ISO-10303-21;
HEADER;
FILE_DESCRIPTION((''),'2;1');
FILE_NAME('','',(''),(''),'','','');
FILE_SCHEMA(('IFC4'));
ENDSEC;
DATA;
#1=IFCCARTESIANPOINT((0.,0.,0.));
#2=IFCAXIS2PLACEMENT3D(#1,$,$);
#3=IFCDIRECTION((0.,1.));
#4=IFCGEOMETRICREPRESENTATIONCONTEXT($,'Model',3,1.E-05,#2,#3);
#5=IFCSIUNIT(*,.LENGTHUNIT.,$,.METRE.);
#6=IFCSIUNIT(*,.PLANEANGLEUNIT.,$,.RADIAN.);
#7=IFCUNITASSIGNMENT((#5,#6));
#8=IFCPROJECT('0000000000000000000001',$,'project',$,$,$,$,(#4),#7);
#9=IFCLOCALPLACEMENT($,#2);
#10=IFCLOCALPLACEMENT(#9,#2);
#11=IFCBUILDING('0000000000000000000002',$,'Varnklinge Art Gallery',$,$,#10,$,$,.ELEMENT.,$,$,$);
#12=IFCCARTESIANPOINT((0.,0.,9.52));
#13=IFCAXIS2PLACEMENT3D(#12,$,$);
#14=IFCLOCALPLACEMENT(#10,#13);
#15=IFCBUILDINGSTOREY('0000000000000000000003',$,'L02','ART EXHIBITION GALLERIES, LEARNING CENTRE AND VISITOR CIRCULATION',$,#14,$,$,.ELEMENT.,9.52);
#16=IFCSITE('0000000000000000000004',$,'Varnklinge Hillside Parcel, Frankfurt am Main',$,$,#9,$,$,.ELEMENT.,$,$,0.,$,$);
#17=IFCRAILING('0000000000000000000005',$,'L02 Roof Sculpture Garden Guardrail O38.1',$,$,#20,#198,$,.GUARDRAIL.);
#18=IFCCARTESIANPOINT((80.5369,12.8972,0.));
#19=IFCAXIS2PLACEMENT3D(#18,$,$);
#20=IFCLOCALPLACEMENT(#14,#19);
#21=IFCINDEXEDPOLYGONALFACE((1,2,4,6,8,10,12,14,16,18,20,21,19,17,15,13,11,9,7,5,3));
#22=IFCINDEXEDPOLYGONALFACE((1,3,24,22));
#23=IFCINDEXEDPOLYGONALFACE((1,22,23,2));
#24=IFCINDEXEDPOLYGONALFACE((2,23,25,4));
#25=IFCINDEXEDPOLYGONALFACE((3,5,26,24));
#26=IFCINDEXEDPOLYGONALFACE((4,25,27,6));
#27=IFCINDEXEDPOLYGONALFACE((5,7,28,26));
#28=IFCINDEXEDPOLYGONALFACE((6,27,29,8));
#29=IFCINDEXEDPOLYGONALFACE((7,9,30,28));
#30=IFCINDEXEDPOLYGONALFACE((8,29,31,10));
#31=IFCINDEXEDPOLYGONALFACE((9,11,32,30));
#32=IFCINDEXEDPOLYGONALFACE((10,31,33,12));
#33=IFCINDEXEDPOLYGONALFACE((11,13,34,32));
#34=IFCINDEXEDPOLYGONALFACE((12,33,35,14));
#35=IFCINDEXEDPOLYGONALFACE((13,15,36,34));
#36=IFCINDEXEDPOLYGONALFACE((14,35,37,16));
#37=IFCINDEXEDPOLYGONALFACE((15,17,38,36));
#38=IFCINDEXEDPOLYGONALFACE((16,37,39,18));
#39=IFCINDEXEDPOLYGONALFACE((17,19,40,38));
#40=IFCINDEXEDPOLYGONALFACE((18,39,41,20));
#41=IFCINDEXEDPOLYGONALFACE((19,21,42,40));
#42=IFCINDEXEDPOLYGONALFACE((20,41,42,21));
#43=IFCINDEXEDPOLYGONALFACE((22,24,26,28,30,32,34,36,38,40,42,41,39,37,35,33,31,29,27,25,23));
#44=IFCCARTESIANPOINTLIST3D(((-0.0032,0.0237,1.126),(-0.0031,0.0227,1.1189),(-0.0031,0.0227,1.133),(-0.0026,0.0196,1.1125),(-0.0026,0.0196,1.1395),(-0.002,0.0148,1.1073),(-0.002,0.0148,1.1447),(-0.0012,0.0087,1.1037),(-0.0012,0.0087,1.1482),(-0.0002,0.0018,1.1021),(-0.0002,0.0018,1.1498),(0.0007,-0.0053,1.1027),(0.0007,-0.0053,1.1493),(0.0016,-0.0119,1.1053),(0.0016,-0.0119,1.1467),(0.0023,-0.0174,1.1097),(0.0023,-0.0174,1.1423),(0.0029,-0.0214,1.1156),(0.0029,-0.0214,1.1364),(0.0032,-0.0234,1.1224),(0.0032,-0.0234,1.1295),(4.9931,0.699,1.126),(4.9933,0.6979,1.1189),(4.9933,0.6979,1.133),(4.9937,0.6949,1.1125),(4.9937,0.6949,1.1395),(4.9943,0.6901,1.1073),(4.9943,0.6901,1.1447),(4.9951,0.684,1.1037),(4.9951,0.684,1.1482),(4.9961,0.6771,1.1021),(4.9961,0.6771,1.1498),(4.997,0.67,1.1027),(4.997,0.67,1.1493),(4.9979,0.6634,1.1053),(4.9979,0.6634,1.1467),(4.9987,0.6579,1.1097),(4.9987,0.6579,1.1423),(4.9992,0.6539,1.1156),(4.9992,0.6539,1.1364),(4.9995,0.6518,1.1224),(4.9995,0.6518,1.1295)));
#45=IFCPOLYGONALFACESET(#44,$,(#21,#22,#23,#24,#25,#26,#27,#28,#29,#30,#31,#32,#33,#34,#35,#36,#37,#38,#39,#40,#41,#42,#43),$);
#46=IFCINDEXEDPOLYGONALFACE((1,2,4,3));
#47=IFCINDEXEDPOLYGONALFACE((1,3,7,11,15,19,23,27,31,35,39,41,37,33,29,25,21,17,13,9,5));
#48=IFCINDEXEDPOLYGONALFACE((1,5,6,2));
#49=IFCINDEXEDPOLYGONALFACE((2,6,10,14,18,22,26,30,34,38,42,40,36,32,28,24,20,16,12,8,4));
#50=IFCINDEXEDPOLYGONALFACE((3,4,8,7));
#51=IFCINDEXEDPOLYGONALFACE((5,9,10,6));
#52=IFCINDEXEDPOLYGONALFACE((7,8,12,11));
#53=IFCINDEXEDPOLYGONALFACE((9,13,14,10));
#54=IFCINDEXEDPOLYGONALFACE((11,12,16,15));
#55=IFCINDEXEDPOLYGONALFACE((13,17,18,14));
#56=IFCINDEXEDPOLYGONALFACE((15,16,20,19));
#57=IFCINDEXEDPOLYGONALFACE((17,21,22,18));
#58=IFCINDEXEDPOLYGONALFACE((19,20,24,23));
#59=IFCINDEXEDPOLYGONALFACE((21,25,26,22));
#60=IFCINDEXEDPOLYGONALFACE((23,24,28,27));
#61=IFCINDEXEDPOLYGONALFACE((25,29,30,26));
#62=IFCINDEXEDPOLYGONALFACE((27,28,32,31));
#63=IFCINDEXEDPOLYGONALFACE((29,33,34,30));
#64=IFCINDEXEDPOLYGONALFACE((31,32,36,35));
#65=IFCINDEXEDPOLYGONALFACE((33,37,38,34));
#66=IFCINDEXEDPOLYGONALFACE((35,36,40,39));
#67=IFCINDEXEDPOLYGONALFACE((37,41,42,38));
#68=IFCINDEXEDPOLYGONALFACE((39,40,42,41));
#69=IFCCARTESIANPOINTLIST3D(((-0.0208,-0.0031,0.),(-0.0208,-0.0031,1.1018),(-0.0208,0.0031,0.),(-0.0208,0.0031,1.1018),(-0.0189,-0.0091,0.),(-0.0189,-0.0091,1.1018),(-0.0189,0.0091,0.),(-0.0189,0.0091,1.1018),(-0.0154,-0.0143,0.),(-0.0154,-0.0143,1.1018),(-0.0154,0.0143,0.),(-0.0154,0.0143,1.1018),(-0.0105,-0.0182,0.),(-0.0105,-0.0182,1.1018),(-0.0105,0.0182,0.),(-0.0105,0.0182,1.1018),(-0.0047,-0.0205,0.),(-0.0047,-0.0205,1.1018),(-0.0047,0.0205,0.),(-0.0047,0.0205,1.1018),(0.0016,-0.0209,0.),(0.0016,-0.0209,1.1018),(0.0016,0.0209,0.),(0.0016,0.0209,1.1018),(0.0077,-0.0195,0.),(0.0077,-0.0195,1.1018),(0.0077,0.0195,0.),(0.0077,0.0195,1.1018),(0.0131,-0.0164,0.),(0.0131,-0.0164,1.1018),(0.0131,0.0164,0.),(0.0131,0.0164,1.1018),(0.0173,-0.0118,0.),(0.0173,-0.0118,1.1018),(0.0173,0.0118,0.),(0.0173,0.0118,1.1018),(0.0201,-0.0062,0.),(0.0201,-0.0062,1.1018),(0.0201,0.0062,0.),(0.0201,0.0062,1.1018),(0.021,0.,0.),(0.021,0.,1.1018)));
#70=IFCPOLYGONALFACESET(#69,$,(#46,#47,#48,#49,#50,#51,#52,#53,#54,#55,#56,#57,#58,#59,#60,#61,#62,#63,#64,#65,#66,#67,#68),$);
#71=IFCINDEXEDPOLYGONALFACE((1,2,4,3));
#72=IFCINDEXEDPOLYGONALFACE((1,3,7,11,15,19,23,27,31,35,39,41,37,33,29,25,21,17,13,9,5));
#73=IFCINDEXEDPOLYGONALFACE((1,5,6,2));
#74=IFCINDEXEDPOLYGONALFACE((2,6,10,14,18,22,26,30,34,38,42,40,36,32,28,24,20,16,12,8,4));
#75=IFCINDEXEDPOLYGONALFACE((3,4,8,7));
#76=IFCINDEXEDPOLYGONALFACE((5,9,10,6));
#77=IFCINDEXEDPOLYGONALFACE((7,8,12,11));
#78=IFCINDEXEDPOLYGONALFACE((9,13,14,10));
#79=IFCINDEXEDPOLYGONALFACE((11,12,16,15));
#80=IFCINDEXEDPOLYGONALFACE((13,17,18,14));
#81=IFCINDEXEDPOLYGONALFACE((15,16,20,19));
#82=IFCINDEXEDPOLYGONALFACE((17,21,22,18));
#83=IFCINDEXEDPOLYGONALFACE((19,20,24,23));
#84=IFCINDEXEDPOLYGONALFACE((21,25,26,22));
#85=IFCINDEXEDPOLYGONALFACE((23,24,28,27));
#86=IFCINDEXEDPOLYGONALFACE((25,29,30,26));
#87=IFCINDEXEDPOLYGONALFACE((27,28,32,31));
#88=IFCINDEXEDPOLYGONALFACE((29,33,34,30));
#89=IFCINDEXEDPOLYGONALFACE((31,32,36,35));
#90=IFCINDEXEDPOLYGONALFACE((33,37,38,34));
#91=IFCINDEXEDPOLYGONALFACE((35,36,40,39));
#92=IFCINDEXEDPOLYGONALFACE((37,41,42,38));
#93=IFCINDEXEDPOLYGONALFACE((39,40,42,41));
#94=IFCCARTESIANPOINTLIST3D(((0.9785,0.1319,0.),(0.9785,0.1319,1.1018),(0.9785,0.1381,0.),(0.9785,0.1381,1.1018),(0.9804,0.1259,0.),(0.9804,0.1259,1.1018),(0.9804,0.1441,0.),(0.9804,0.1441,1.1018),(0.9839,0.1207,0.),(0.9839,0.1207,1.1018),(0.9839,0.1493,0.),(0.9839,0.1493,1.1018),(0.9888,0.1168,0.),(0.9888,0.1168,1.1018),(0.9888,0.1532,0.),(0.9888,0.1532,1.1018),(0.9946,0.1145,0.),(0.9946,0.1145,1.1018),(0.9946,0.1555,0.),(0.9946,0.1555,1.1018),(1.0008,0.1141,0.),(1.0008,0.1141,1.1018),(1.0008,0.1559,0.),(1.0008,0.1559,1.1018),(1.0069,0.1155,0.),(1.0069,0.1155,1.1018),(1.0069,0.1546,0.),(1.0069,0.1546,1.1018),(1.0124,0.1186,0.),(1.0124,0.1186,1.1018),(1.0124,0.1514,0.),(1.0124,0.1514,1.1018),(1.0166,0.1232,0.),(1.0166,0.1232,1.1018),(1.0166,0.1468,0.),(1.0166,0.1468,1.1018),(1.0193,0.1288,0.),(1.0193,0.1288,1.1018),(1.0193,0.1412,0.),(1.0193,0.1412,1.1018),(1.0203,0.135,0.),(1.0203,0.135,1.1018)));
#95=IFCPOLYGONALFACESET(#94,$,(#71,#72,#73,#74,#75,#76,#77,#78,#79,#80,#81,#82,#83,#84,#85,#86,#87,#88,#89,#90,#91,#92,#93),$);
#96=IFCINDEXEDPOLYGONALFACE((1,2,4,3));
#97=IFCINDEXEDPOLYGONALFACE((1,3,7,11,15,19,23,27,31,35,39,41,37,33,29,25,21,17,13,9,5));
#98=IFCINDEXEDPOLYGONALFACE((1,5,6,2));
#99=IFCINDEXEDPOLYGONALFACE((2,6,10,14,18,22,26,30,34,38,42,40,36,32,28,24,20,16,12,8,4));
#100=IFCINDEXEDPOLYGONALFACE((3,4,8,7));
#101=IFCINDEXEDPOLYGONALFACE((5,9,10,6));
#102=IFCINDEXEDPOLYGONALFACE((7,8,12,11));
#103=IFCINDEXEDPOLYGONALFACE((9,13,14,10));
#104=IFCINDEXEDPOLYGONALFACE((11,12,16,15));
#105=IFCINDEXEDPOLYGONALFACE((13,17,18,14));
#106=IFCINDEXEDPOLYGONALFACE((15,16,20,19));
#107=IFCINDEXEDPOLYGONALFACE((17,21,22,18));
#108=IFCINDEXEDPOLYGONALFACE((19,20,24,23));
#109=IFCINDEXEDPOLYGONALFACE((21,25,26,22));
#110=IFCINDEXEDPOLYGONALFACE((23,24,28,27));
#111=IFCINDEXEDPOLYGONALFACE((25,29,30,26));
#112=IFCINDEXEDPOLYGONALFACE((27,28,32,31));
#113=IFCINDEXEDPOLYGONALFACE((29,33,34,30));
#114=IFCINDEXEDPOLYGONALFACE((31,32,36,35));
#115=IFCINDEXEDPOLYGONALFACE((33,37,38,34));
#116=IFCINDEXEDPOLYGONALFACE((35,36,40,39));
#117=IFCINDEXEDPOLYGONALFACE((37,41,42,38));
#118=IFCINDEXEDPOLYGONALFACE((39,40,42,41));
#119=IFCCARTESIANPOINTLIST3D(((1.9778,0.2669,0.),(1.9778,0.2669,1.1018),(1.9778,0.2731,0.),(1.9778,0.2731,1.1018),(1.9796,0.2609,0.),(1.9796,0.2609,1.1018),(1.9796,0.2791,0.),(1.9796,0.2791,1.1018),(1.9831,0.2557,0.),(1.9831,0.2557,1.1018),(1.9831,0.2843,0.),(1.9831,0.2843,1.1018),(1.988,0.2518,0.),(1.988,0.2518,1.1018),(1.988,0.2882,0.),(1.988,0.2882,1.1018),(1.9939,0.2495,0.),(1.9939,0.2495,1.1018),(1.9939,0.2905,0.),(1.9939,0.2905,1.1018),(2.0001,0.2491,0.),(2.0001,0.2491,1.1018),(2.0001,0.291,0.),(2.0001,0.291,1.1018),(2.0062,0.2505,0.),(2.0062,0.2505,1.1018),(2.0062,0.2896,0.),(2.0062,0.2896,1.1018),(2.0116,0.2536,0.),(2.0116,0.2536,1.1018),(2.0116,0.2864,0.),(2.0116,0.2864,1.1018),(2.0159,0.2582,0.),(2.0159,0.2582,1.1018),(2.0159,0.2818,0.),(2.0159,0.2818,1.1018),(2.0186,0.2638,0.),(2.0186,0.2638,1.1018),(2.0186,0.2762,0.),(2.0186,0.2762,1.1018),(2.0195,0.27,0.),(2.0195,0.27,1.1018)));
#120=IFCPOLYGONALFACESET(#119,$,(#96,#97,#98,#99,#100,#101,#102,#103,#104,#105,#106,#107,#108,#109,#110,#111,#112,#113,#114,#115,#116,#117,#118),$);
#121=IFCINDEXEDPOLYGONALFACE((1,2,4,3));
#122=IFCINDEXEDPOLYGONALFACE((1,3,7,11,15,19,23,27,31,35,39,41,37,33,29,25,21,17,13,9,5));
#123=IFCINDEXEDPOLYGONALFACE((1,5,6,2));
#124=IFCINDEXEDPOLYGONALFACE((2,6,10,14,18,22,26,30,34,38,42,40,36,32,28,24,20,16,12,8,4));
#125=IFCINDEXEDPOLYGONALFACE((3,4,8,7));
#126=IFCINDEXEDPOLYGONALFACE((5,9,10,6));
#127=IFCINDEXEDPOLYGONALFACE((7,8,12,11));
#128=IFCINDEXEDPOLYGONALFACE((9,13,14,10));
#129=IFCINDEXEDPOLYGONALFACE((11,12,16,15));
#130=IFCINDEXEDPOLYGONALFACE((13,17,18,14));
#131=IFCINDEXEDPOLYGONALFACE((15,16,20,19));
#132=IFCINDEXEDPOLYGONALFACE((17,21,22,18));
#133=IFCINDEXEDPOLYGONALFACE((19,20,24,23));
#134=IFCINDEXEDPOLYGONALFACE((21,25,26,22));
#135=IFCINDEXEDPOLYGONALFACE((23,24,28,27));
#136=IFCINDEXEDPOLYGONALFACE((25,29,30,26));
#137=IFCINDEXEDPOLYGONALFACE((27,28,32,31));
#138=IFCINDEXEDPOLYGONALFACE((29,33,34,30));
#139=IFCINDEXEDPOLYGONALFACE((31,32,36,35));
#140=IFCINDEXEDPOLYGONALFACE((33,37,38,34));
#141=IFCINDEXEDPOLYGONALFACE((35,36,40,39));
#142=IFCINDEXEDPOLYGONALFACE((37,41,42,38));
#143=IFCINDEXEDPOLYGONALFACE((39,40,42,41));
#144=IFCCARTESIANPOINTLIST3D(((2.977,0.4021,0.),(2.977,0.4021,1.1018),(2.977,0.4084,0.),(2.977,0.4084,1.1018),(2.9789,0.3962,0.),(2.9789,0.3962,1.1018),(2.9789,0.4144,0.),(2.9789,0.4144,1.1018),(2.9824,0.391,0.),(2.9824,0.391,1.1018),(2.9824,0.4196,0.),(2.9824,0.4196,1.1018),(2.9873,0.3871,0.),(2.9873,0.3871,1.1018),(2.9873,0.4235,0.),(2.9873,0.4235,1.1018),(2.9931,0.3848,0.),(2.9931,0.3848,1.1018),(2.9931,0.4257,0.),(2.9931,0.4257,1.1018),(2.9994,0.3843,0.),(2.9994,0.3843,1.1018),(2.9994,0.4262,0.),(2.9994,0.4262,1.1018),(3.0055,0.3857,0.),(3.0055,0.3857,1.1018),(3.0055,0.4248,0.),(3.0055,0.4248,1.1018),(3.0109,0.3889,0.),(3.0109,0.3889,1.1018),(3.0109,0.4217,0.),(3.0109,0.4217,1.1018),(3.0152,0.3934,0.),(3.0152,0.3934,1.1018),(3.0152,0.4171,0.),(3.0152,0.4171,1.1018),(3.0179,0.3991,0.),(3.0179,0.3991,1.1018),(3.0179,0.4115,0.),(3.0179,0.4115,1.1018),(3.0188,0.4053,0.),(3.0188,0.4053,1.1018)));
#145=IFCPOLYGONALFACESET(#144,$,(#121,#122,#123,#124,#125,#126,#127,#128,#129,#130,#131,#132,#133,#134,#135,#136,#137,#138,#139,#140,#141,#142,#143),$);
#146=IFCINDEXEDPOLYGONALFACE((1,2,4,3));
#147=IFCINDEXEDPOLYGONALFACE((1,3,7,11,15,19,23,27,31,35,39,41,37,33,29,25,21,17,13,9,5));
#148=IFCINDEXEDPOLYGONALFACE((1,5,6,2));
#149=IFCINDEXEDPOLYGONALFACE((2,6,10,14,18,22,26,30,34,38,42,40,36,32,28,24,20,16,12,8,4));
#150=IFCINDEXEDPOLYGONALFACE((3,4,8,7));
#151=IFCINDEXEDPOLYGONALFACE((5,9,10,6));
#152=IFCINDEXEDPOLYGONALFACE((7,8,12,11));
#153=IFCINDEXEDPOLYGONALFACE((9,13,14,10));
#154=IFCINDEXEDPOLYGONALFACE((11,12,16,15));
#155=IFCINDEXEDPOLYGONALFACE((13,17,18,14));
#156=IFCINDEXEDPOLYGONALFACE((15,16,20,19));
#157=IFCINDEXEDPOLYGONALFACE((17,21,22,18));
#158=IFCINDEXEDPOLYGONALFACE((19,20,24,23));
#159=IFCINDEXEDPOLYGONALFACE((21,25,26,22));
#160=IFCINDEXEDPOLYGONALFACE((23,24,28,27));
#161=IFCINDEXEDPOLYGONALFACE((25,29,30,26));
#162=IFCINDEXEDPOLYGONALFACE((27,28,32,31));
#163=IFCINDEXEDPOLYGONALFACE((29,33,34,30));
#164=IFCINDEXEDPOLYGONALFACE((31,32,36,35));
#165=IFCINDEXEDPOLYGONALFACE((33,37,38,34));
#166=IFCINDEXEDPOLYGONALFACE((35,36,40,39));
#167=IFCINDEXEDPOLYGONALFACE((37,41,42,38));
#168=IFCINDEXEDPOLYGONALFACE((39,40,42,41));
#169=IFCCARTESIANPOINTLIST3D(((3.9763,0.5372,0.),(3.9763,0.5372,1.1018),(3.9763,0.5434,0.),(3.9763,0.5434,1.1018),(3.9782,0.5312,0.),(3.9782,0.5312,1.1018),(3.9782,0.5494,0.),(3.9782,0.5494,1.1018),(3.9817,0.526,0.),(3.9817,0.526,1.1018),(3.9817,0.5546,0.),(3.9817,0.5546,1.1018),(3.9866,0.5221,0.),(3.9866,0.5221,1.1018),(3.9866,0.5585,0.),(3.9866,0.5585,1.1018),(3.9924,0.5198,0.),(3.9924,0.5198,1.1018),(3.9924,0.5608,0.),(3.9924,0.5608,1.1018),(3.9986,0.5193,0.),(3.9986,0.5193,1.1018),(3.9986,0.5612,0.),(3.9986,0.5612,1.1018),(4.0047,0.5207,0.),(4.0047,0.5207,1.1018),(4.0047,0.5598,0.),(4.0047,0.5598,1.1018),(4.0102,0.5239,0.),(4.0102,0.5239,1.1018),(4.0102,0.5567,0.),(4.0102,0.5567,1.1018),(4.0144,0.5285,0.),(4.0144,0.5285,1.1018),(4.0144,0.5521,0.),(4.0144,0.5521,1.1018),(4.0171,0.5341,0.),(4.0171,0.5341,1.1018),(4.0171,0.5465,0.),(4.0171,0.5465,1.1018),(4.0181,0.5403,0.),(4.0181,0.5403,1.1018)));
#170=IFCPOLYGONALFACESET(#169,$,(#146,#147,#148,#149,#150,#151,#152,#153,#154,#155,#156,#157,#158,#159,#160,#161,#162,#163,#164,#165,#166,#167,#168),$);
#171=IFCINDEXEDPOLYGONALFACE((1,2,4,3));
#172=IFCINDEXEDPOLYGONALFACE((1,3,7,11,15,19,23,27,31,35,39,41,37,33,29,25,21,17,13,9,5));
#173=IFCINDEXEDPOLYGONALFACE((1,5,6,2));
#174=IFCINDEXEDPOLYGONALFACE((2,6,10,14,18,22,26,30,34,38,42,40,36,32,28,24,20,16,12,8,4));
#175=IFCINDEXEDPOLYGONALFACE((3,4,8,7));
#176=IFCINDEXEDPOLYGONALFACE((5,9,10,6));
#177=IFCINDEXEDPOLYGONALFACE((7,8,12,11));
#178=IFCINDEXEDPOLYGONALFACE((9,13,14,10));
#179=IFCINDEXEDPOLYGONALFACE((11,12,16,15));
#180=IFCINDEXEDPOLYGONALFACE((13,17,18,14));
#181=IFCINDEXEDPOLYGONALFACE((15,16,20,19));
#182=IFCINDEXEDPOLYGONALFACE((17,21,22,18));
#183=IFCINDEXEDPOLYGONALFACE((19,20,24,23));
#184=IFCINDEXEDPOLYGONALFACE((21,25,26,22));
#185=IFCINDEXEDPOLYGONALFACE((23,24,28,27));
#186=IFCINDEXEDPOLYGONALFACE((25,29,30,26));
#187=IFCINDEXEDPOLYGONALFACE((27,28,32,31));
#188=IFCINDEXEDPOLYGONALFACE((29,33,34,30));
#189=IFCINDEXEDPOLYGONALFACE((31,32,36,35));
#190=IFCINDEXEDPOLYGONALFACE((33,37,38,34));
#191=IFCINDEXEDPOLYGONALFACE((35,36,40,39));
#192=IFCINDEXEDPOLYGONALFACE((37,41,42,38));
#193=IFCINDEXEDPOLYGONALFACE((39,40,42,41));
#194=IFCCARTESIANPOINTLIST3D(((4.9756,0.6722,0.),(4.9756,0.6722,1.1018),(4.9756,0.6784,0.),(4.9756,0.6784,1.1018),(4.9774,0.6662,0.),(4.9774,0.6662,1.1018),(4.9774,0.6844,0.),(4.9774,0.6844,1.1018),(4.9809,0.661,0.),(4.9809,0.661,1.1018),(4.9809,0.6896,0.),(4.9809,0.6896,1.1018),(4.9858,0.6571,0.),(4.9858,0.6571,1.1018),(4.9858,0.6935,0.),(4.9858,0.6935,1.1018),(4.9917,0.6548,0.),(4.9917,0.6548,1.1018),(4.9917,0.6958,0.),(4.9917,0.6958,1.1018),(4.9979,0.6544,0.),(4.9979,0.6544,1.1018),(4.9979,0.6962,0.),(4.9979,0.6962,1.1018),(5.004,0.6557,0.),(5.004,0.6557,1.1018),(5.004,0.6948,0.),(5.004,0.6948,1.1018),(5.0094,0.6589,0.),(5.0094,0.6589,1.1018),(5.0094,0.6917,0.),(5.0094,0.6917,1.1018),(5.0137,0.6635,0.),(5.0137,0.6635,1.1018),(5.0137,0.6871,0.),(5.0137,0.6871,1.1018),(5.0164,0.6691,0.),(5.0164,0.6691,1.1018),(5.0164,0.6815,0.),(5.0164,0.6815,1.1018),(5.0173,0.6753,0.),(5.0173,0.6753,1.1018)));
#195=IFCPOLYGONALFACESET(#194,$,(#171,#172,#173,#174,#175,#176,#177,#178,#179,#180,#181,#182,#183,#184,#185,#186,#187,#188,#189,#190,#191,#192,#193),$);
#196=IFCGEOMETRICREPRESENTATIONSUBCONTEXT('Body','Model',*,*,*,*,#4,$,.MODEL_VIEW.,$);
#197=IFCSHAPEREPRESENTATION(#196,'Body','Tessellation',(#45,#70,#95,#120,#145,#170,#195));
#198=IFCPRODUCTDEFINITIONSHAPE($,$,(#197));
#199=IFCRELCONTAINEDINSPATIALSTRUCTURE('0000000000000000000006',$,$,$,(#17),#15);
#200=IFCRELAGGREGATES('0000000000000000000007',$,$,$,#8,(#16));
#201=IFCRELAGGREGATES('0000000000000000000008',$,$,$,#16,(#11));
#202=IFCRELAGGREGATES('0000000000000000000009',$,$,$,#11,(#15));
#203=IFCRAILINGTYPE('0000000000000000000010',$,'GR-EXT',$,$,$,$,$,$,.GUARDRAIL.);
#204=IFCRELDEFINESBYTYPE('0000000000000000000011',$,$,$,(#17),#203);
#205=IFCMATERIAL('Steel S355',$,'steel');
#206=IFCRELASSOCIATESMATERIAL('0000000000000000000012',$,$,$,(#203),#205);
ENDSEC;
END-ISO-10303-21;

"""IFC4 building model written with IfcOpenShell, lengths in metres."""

from ifc_helpers import new_model, si_unit, direction, frame, origin, origin_2d, place, context, subcontext, project, spatial, circle, extrude, material, type_object, element, save


model = new_model("IFC4")

# Units and contexts
model_context = context("Model", 3, precision=1e-05, world=origin(), true_north=direction((0.0, 1.0)))
body_context = subcontext(model_context, "Body", "Model", "MODEL_VIEW")
ifc_project = project(units=[si_unit("LENGTHUNIT", "METRE"), si_unit("PLANEANGLEUNIT", "RADIAN")], contexts=[model_context])

# Site, building, storey
site_placement = place(None, origin())
site = spatial("IfcSite", under=ifc_project, at=site_placement, Name="Varnklinge Hillside Parcel, Frankfurt am Main", CompositionType="ELEMENT", RefElevation=0.0)
building_placement = place(site_placement, origin())
building = spatial("IfcBuilding", under=site, at=building_placement, Name="Varnklinge Art Gallery", CompositionType="ELEMENT")
storey_placement = place(building_placement, frame((0.0, 0.0, 9.52)))
storey = spatial("IfcBuildingStorey", under=building, at=storey_placement, Name="L02", Description="ART EXHIBITION GALLERIES, LEARNING CENTRE AND VISITOR CIRCULATION", CompositionType="ELEMENT", Elevation=9.52)

# Railing
ifc_material_1 = material(Name="Steel S355", Category="steel")
railing_type = type_object("IfcRailingType", Name="GR-EXT", PredefinedType="GUARDRAIL", material=ifc_material_1)
railing_1_placement = place(storey_placement, frame((80.5369, 12.8972, 0.0)))
element("IfcRailing", 1, at=railing_1_placement, inside=storey, type_object=railing_type, Name="L02 Roof Sculpture Garden Guardrail O38.1", PredefinedType="GUARDRAIL", context=body_context, shape_type="SweptSolid", body=[
    extrude(circle(Radius=0.0239, at=origin_2d()), frame((0.0, 0.0, 1.126), z_axis=(0.990989, 0.13394, 0.0), x_axis=(-0.13394, 0.990989, 0.0)), (0.0, 0.0, 1.0), 5.0417),
    extrude(circle(Radius=0.021, at=origin_2d()), origin(), (0.0, 0.0, 1.0), 1.1018),
    extrude(circle(Radius=0.021, at=origin_2d()), frame((0.9993, 0.135, 0.0)), (0.0, 0.0, 1.0), 1.1018),
    extrude(circle(Radius=0.021, at=origin_2d()), frame((1.9985, 0.27, 0.0)), (0.0, 0.0, 1.0), 1.1018),
    extrude(circle(Radius=0.021, at=origin_2d()), frame((2.9978, 0.4053, 0.0)), (0.0, 0.0, 1.0), 1.1018),
    extrude(circle(Radius=0.021, at=origin_2d()), frame((3.9971, 0.5403, 0.0)), (0.0, 0.0, 1.0), 1.1018),
    extrude(circle(Radius=0.021, at=origin_2d()), frame((4.9963, 0.6753, 0.0)), (0.0, 0.0, 1.0), 1.1018),
])

save(model, "model.ifc")
